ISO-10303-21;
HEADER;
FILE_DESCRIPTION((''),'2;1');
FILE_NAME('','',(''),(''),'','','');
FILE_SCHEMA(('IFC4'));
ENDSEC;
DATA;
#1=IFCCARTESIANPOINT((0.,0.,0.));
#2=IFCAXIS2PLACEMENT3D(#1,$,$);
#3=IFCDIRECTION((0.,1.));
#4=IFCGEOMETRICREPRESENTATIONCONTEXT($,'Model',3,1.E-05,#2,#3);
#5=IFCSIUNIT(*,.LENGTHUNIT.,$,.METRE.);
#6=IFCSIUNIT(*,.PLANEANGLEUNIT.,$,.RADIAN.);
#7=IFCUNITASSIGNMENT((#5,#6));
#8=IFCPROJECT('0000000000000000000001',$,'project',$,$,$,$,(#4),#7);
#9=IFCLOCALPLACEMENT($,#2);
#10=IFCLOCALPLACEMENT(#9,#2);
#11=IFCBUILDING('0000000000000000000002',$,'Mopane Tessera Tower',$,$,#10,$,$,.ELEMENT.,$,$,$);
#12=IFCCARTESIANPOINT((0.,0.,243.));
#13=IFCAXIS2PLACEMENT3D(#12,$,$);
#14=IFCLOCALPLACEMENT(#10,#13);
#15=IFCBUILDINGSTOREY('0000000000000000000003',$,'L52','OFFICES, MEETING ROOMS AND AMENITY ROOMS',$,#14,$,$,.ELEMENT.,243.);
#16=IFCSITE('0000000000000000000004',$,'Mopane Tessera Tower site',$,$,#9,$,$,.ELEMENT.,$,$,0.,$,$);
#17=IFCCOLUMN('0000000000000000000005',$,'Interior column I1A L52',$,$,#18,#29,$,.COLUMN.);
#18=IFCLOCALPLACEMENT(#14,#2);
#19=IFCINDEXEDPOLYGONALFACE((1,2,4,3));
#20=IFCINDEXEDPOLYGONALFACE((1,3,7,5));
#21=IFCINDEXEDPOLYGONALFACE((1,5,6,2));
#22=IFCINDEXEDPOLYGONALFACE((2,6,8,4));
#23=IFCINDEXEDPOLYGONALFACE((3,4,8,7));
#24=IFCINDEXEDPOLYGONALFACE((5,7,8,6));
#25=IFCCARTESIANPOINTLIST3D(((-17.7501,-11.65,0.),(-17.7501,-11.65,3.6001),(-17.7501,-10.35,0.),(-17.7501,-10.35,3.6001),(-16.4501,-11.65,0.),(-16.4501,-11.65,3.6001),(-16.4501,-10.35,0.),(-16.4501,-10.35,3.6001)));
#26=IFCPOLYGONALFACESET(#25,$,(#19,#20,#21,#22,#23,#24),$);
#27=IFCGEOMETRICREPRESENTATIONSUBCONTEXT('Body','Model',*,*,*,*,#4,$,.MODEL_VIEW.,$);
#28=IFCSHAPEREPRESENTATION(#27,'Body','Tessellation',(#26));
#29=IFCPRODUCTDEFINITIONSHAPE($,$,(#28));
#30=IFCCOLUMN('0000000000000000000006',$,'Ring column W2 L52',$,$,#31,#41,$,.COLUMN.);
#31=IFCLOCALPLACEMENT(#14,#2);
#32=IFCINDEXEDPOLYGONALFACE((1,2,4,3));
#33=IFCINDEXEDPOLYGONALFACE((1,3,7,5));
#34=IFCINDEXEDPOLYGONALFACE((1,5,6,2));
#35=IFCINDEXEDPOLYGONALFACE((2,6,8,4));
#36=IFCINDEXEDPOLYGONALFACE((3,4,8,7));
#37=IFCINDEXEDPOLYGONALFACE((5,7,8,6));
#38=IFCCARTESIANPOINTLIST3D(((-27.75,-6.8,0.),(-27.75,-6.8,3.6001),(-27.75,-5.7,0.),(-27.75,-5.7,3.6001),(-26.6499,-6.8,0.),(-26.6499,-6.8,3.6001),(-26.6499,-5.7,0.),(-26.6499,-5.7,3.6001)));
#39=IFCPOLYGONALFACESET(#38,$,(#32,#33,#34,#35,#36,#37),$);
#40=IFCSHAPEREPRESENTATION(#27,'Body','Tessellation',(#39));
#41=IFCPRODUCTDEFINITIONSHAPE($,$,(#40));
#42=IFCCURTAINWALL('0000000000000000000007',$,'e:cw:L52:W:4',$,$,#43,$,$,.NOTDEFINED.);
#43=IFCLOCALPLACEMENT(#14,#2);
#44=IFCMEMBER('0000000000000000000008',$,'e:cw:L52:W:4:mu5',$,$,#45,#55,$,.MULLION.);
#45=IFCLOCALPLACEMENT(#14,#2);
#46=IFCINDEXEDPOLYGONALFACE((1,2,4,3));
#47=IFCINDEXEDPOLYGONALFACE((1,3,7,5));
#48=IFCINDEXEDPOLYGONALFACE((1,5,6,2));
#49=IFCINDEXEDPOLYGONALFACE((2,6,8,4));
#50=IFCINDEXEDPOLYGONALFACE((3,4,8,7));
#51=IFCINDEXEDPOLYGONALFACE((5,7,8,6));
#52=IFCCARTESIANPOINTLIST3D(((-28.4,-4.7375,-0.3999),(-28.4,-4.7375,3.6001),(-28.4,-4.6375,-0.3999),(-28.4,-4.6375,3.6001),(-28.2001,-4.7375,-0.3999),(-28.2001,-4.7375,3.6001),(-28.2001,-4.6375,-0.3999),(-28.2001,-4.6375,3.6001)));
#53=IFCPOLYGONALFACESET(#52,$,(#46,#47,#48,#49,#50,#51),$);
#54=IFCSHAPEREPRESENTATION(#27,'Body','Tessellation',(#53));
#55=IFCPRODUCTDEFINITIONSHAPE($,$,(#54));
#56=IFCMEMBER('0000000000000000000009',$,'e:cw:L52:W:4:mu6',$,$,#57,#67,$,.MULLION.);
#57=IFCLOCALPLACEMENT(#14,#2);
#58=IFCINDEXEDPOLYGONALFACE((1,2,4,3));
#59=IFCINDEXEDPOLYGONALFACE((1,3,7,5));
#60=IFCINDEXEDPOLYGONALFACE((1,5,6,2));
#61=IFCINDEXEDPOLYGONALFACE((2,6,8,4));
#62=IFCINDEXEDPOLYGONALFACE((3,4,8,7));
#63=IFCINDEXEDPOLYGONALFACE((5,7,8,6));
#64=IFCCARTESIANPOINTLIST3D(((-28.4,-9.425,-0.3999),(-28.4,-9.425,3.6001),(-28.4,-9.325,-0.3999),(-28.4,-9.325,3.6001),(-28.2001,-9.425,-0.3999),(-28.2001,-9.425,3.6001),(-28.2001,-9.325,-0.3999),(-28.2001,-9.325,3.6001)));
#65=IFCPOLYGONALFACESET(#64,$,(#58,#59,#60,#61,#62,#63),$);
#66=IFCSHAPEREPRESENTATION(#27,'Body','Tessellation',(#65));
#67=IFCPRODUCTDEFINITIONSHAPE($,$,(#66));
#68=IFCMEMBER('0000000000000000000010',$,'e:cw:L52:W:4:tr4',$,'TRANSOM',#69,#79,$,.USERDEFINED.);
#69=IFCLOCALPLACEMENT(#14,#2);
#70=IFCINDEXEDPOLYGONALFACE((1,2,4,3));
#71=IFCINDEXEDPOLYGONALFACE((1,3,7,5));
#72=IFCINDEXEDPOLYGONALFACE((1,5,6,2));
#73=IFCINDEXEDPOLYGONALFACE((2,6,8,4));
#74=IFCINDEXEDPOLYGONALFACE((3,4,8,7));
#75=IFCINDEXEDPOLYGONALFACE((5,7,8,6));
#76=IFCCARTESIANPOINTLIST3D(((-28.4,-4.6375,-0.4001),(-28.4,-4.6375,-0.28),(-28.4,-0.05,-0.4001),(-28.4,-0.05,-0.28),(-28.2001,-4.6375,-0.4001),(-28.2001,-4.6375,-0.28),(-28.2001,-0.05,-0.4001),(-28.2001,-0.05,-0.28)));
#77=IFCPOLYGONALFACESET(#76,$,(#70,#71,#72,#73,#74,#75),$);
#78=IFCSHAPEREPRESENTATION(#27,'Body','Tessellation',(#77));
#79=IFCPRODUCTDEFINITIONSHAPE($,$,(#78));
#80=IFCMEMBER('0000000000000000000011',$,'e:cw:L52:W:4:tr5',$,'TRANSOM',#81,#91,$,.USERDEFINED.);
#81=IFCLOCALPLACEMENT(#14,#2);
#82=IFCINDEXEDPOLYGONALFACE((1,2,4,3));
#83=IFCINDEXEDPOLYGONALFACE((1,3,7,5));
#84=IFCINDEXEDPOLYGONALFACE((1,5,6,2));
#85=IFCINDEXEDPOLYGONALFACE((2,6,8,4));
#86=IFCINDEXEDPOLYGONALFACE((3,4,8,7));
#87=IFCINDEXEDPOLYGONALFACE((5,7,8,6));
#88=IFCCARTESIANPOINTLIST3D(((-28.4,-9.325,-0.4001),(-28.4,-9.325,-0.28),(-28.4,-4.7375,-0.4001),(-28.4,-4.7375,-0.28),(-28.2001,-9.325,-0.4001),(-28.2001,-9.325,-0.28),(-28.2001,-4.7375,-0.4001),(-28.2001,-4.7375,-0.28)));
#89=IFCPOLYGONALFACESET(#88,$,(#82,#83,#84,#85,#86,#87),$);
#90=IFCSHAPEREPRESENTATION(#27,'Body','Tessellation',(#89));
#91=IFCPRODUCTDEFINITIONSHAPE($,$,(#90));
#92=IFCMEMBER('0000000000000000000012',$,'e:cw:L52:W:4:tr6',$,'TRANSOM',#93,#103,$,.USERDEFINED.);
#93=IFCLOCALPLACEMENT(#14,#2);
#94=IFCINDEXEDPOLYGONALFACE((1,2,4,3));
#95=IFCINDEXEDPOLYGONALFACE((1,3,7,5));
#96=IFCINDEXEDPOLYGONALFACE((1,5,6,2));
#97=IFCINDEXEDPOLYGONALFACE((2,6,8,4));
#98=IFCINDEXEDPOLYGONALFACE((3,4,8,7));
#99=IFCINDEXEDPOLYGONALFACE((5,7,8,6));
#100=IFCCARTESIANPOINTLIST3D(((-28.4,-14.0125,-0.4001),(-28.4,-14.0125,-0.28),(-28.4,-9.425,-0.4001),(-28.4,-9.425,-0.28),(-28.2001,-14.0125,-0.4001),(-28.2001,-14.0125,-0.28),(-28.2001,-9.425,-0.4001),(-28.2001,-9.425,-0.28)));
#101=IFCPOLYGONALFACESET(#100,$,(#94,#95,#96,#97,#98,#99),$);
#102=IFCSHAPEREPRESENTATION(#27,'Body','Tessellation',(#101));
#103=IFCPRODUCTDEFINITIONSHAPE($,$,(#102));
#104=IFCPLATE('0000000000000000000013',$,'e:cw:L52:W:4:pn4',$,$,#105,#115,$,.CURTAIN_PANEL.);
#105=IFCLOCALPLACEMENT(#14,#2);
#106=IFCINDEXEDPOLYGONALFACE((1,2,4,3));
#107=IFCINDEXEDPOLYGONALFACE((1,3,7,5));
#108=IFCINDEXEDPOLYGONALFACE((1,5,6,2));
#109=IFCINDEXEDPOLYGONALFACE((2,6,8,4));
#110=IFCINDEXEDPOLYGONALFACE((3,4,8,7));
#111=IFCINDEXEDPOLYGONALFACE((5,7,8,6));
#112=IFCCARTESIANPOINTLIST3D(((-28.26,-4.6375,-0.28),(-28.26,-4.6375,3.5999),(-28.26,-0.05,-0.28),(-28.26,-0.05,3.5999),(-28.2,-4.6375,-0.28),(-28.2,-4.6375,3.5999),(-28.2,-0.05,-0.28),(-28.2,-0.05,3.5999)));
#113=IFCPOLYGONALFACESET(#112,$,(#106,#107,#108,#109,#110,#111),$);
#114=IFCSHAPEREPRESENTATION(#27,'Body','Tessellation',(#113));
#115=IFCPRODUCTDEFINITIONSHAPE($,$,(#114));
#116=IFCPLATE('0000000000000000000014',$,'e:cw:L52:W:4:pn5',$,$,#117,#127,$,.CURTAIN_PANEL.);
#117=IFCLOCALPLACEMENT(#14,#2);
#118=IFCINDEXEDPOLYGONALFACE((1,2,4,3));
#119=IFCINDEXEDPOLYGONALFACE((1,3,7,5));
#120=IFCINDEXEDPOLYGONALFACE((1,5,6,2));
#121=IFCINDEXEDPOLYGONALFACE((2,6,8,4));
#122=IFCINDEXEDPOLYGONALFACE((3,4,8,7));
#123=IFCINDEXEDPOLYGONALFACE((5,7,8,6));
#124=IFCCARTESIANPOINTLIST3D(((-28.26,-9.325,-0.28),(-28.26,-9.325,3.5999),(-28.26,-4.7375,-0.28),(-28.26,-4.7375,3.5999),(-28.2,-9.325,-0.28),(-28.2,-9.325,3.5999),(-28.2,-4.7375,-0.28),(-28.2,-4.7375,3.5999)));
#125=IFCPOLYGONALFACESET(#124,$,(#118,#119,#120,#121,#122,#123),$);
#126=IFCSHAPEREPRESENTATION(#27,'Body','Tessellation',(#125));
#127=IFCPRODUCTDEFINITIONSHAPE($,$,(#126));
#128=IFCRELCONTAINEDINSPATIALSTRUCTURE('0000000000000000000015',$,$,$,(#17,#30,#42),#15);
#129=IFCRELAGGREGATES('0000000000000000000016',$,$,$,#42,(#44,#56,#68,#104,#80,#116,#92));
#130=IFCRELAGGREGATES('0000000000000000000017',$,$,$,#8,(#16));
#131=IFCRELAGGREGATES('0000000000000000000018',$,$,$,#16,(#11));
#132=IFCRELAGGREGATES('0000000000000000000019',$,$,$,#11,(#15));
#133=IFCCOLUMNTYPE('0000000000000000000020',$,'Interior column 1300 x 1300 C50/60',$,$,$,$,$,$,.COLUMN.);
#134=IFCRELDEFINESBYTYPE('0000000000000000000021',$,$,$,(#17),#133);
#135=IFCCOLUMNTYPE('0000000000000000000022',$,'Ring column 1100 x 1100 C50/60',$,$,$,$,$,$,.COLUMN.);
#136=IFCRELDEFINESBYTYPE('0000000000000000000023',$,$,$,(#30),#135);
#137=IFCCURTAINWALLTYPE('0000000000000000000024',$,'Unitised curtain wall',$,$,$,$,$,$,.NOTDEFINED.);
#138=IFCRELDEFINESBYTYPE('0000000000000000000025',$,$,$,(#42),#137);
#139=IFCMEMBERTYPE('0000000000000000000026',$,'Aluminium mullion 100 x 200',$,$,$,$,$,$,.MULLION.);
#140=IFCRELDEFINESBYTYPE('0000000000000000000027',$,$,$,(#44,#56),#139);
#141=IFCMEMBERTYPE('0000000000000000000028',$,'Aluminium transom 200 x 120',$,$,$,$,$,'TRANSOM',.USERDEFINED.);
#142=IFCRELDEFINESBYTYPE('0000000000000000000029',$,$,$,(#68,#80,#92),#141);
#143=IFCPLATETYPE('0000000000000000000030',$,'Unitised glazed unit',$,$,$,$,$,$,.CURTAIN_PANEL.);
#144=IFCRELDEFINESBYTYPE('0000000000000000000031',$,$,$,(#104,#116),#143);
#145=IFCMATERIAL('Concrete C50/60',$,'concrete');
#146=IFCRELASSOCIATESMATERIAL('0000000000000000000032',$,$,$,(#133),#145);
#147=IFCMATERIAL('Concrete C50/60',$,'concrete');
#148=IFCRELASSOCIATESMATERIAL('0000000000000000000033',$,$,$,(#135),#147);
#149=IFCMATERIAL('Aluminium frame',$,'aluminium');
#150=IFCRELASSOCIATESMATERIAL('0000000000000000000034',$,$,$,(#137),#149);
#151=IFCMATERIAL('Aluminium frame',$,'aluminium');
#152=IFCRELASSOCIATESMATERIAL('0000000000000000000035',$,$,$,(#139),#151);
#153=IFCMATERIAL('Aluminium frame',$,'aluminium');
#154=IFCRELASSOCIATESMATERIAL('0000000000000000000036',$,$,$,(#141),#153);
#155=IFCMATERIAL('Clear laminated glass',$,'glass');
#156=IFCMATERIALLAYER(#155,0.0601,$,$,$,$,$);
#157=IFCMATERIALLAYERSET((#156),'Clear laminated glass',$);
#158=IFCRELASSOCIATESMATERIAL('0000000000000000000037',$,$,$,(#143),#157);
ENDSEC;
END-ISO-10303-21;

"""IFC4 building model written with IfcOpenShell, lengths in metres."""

from ifc_helpers import new_model, si_unit, direction, frame, origin, origin_2d, place, context, subcontext, project, spatial, rectangle, extrude, material, layer, layer_set, material_profile, profile_set, type_object, element, aggregate, save


model = new_model("IFC4")

# Units and contexts
model_context = context("Model", 3, precision=1e-05, world=origin(), true_north=direction((0.0, 1.0)))
body_context = subcontext(model_context, "Body", "Model", "MODEL_VIEW")
ifc_project = project(units=[si_unit("LENGTHUNIT", "METRE"), si_unit("PLANEANGLEUNIT", "RADIAN")], contexts=[model_context])

# Site, building, storey
site_placement = place(None, origin())
site = spatial("IfcSite", under=ifc_project, at=site_placement, Name="Mopane Tessera Tower site", CompositionType="ELEMENT", RefElevation=0.0)
building_placement = place(site_placement, origin())
building = spatial("IfcBuilding", under=site, at=building_placement, Name="Mopane Tessera Tower", CompositionType="ELEMENT")
storey_placement = place(building_placement, frame((0.0, 0.0, 243.0)))
storey = spatial("IfcBuildingStorey", under=building, at=storey_placement, Name="L52", Description="OFFICES, MEETING ROOMS AND AMENITY ROOMS", CompositionType="ELEMENT", Elevation=243.0)

# Columns
ifc_material_1 = material(Name="Concrete C50/60", Category="concrete")
ifc_material_profile_1 = material_profile(ifc_material_1, rectangle(XDim=1.3, YDim=1.3, at=origin_2d()))
ifc_profile_set_1 = profile_set([ifc_material_profile_1], Name="Concrete C50/60")
column_type_1 = type_object("IfcColumnType", Name="Interior column 1300 x 1300 C50/60", PredefinedType="COLUMN", material=ifc_profile_set_1)
column_1_placement = place(storey_placement, frame((-17.1001, -11.0, 0.0), z_axis=(0.0, 0.0, 1.0), x_axis=(1.0, 0.0, 0.0)))
element("IfcColumn", 1, at=column_1_placement, inside=storey, type_object=column_type_1, Name="Interior column I1A L52", PredefinedType="COLUMN", context=body_context, shape_type="SweptSolid", body=[
    extrude(rectangle(XDim=1.3, YDim=1.3, at=origin_2d()), origin(), (0.0, 0.0, 1.0), 3.6001),
])
ifc_material_2 = material(Name="Concrete C50/60", Category="concrete")
ifc_material_profile_2 = material_profile(ifc_material_2, rectangle(XDim=1.1001, YDim=1.1001, at=origin_2d()))
ifc_profile_set_2 = profile_set([ifc_material_profile_2], Name="Concrete C50/60")
column_type_2 = type_object("IfcColumnType", Name="Ring column 1100 x 1100 C50/60", PredefinedType="COLUMN", material=ifc_profile_set_2)
column_2_placement = place(storey_placement, frame((-27.2, -6.25, 0.0), z_axis=(0.0, 0.0, 1.0), x_axis=(1.0, 0.0, 0.0)))
element("IfcColumn", 2, at=column_2_placement, inside=storey, type_object=column_type_2, Name="Ring column W2 L52", PredefinedType="COLUMN", context=body_context, shape_type="SweptSolid", body=[
    extrude(rectangle(XDim=1.1001, YDim=1.1001, at=origin_2d()), origin(), (0.0, 0.0, 1.0), 3.6001),
])

# Curtain wall, members, plates
ifc_material_3 = material(Name="Aluminium frame", Category="aluminium")
curtain_wall_type = type_object("IfcCurtainWallType", Name="Unitised curtain wall", PredefinedType="NOTDEFINED", material=ifc_material_3)
curtain_wall_placement = place(storey_placement, origin())
curtain_wall = element("IfcCurtainWall", 3, at=curtain_wall_placement, inside=storey, type_object=curtain_wall_type, Name="e:cw:L52:W:4", PredefinedType="NOTDEFINED")
ifc_material_4 = material(Name="Aluminium frame", Category="aluminium")
ifc_material_profile_3 = material_profile(ifc_material_4, rectangle(XDim=0.1001, YDim=0.2, at=origin_2d()))
ifc_profile_set_3 = profile_set([ifc_material_profile_3], Name="Aluminium frame")
member_type_1 = type_object("IfcMemberType", Name="Aluminium mullion 100 x 200", PredefinedType="MULLION", material=ifc_profile_set_3)
member_1_placement = place(storey_placement, frame((-28.3, -4.6875, -0.3999), z_axis=(0.0, 0.0, 1.0), x_axis=(0.0, -1.0, 0.0)))
member_1 = element("IfcMember", 4, at=member_1_placement, type_object=member_type_1, Name="e:cw:L52:W:4:mu5", PredefinedType="MULLION", context=body_context, shape_type="SweptSolid", body=[
    extrude(rectangle(XDim=0.1001, YDim=0.2, at=origin_2d()), origin(), (0.0, 0.0, 1.0), 4.0),
])
member_2_placement = place(storey_placement, frame((-28.3, -9.375, -0.3999), z_axis=(0.0, 0.0, 1.0), x_axis=(0.0, -1.0, 0.0)))
member_2 = element("IfcMember", 5, at=member_2_placement, type_object=member_type_1, Name="e:cw:L52:W:4:mu6", PredefinedType="MULLION", context=body_context, shape_type="SweptSolid", body=[
    extrude(rectangle(XDim=0.1001, YDim=0.2, at=origin_2d()), origin(), (0.0, 0.0, 1.0), 4.0),
])
ifc_material_5 = material(Name="Aluminium frame", Category="aluminium")
ifc_material_profile_4 = material_profile(ifc_material_5, rectangle(XDim=0.2, YDim=0.1201, at=origin_2d()))
ifc_profile_set_4 = profile_set([ifc_material_profile_4], Name="Aluminium frame")
member_type_2 = type_object("IfcMemberType", Name="Aluminium transom 200 x 120", ElementType="TRANSOM", PredefinedType="USERDEFINED", material=ifc_profile_set_4)
member_3_placement = place(storey_placement, frame((-28.3, -0.05, -0.3401), z_axis=(0.0, -1.0, 0.0), x_axis=(1.0, 0.0, 0.0)))
member_3 = element("IfcMember", 6, at=member_3_placement, type_object=member_type_2, Name="e:cw:L52:W:4:tr4", ObjectType="TRANSOM", PredefinedType="USERDEFINED", context=body_context, shape_type="SweptSolid", body=[
    extrude(rectangle(XDim=0.2, YDim=0.1201, at=origin_2d()), origin(), (0.0, 0.0, 1.0), 4.5874),
])
member_4_placement = place(storey_placement, frame((-28.3, -4.7375, -0.3401), z_axis=(0.0, -1.0, 0.0), x_axis=(1.0, 0.0, 0.0)))
member_4 = element("IfcMember", 7, at=member_4_placement, type_object=member_type_2, Name="e:cw:L52:W:4:tr5", ObjectType="TRANSOM", PredefinedType="USERDEFINED", context=body_context, shape_type="SweptSolid", body=[
    extrude(rectangle(XDim=0.2, YDim=0.1201, at=origin_2d()), origin(), (0.0, 0.0, 1.0), 4.5874),
])
member_5_placement = place(storey_placement, frame((-28.3, -9.425, -0.3401), z_axis=(0.0, -1.0, 0.0), x_axis=(1.0, 0.0, 0.0)))
member_5 = element("IfcMember", 8, at=member_5_placement, type_object=member_type_2, Name="e:cw:L52:W:4:tr6", ObjectType="TRANSOM", PredefinedType="USERDEFINED", context=body_context, shape_type="SweptSolid", body=[
    extrude(rectangle(XDim=0.2, YDim=0.1201, at=origin_2d()), origin(), (0.0, 0.0, 1.0), 4.5874),
])
ifc_material_6 = material(Name="Clear laminated glass", Category="glass")
ifc_layer_1 = layer(ifc_material_6, 0.0601)
ifc_layer_set_1 = layer_set([ifc_layer_1], Name="Clear laminated glass")
plate_type = type_object("IfcPlateType", Name="Unitised glazed unit", PredefinedType="CURTAIN_PANEL", material=ifc_layer_set_1)
plate_1_placement = place(storey_placement, frame((-28.23, -2.3438, -0.28), z_axis=(0.0, 0.0, 1.0), x_axis=(0.0, -1.0, 0.0)))
plate_1 = element("IfcPlate", 9, at=plate_1_placement, type_object=plate_type, Name="e:cw:L52:W:4:pn4", PredefinedType="CURTAIN_PANEL", context=body_context, shape_type="SweptSolid", body=[
    extrude(rectangle(XDim=4.5874, YDim=0.0601, at=origin_2d()), origin(), (0.0, 0.0, 1.0), 3.8799),
])
plate_2_placement = place(storey_placement, frame((-28.23, -7.0312, -0.28), z_axis=(0.0, 0.0, 1.0), x_axis=(0.0, -1.0, 0.0)))
plate_2 = element("IfcPlate", 10, at=plate_2_placement, type_object=plate_type, Name="e:cw:L52:W:4:pn5", PredefinedType="CURTAIN_PANEL", context=body_context, shape_type="SweptSolid", body=[
    extrude(rectangle(XDim=4.5874, YDim=0.0601, at=origin_2d()), origin(), (0.0, 0.0, 1.0), 3.8799),
])
aggregate(curtain_wall, [member_1, member_2, member_3, plate_1, member_4, plate_2, member_5])

save(model, "model.ifc")
